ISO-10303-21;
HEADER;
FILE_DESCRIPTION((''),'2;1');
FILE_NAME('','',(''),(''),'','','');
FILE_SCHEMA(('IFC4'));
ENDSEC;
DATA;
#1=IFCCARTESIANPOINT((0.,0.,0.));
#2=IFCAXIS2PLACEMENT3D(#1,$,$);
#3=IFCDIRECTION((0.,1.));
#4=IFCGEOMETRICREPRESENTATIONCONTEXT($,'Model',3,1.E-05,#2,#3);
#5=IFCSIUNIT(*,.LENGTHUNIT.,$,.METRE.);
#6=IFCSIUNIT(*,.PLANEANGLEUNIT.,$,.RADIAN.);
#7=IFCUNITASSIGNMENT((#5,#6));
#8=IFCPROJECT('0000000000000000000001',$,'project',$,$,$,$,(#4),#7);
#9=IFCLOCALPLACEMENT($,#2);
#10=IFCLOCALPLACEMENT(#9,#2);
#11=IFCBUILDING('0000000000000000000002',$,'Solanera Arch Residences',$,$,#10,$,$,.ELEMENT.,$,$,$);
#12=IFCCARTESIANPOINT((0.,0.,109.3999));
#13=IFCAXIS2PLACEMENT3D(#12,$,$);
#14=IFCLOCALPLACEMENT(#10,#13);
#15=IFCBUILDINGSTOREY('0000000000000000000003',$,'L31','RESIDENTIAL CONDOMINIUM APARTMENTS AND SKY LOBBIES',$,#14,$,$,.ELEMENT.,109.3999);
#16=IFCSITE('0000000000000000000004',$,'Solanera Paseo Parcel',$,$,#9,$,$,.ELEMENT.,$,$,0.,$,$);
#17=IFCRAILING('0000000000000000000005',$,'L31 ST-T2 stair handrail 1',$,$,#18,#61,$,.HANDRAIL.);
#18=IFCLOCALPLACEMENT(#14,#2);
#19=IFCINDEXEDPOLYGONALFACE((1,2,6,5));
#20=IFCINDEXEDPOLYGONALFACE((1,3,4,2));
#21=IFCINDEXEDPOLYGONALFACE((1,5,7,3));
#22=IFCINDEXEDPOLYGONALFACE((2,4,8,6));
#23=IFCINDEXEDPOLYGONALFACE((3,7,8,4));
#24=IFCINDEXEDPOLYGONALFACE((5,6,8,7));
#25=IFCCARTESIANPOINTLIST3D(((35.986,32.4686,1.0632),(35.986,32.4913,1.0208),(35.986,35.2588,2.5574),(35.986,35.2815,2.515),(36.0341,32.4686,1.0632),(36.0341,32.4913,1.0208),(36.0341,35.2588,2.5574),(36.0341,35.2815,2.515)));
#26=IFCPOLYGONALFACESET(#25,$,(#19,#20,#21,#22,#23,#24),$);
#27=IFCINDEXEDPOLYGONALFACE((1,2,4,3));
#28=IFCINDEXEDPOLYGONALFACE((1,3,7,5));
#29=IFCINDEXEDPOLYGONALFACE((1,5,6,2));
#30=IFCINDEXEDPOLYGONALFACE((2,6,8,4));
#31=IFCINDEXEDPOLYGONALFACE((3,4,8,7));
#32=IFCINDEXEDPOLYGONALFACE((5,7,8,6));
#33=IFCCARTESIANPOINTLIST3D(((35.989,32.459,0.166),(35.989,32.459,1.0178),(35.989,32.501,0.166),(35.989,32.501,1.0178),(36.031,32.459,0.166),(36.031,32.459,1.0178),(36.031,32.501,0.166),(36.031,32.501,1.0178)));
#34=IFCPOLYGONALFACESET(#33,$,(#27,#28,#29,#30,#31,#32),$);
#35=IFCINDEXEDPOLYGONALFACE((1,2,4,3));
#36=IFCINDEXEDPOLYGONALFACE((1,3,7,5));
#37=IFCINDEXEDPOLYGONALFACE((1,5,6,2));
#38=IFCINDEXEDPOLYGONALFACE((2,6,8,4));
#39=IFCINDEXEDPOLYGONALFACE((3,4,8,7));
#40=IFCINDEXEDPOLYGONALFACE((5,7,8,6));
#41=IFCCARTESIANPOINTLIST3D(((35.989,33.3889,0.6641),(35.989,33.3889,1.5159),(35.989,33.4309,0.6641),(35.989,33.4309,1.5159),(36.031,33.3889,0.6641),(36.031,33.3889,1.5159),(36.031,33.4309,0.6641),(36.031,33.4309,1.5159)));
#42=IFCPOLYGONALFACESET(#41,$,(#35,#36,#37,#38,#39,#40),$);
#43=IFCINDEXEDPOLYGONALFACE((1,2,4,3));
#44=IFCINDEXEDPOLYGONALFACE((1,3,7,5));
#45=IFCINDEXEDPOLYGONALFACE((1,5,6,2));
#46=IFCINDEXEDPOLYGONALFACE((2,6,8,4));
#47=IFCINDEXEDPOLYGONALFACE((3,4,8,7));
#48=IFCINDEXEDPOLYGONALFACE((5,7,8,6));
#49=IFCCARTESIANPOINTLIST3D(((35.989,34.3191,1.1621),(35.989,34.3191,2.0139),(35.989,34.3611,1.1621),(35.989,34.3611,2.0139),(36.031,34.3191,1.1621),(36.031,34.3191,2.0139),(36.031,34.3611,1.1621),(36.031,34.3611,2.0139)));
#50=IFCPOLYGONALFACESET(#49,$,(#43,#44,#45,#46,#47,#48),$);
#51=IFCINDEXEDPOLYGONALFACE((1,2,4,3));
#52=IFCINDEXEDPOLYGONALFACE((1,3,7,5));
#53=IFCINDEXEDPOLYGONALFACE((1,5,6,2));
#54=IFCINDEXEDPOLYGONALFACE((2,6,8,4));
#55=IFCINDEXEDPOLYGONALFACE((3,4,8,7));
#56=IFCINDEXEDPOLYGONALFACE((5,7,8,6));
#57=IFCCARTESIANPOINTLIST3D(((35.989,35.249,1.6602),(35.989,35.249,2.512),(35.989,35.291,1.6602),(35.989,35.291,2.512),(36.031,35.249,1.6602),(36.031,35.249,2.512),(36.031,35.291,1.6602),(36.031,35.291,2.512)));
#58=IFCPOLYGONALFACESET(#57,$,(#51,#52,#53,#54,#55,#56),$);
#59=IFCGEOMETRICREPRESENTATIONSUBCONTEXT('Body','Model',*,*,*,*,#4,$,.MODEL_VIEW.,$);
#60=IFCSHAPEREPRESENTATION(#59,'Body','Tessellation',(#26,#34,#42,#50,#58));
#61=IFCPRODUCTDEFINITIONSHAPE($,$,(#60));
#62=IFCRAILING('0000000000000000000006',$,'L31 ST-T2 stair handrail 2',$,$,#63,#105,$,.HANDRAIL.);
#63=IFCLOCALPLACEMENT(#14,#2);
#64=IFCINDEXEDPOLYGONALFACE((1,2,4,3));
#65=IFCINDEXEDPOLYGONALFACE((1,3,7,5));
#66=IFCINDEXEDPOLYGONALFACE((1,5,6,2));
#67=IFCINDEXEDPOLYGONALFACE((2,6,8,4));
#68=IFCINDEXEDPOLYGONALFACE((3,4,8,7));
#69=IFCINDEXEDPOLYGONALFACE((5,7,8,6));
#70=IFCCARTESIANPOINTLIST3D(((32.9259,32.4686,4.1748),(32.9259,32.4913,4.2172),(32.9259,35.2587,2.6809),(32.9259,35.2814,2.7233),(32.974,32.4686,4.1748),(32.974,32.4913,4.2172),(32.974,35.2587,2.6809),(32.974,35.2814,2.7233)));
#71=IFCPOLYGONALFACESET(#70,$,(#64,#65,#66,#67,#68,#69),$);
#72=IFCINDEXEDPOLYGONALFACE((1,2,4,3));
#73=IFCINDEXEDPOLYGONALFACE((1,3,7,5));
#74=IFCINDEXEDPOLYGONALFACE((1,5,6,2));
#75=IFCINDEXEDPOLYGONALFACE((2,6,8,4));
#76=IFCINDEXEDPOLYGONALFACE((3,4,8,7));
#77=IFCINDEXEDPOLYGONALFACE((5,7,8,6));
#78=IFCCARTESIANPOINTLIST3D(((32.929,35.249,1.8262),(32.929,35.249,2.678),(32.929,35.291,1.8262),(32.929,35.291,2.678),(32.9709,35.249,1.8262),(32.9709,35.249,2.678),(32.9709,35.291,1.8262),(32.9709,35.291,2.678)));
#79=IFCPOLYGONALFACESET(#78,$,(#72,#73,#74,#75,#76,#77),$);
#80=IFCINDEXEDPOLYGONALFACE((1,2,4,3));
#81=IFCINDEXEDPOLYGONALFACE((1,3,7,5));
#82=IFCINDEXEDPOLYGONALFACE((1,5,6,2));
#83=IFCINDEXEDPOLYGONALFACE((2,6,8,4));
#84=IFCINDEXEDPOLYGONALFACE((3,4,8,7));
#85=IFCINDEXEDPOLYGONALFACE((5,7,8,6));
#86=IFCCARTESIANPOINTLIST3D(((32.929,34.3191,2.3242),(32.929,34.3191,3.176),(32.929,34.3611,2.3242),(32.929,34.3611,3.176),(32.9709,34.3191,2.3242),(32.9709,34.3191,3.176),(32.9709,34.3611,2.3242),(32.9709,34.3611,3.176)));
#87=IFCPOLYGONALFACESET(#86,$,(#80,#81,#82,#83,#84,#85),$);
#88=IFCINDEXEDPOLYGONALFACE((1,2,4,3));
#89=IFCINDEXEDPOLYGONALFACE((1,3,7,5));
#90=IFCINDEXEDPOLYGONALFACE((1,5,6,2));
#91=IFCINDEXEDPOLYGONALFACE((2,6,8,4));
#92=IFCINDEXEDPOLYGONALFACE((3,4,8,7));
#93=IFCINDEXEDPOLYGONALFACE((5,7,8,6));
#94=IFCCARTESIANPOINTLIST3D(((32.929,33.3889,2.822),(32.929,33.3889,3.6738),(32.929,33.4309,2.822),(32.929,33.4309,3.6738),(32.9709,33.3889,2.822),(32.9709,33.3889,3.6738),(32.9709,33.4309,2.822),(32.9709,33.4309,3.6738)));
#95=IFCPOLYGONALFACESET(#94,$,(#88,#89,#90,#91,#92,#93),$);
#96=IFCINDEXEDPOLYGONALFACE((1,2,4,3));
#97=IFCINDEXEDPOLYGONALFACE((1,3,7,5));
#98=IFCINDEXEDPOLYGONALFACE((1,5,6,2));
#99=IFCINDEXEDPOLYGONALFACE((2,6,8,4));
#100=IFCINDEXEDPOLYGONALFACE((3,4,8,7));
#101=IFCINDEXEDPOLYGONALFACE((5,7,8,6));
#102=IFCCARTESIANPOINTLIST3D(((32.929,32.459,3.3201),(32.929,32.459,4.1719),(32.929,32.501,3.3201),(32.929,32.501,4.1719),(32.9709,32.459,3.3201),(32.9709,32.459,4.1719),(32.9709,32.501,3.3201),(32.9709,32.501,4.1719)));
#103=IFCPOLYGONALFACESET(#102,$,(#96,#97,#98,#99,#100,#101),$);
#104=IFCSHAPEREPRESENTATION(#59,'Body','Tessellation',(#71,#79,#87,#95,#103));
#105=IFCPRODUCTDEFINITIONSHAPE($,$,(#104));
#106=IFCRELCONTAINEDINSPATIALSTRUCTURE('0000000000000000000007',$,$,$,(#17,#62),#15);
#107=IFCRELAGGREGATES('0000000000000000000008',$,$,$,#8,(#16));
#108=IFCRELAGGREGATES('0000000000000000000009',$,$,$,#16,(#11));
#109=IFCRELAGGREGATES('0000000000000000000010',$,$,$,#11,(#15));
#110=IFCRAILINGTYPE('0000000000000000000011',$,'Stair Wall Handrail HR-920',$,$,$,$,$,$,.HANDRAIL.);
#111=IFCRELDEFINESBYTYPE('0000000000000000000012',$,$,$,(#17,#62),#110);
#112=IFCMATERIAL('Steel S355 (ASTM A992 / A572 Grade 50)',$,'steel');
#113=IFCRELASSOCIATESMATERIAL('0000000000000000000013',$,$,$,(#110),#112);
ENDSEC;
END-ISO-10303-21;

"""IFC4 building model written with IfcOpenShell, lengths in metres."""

from ifc_helpers import new_model, si_unit, direction, frame, origin, origin_2d, place, context, subcontext, project, spatial, rectangle, extrude, material, type_object, element, save


model = new_model("IFC4")

# Units and contexts
model_context = context("Model", 3, precision=1e-05, world=origin(), true_north=direction((0.0, 1.0)))
body_context = subcontext(model_context, "Body", "Model", "MODEL_VIEW")
ifc_project = project(units=[si_unit("LENGTHUNIT", "METRE"), si_unit("PLANEANGLEUNIT", "RADIAN")], contexts=[model_context])

# Site, building, storey
site_placement = place(None, origin())
site = spatial("IfcSite", under=ifc_project, at=site_placement, Name="Solanera Paseo Parcel", CompositionType="ELEMENT", RefElevation=0.0)
building_placement = place(site_placement, origin())
building = spatial("IfcBuilding", under=site, at=building_placement, Name="Solanera Arch Residences", CompositionType="ELEMENT")
storey_placement = place(building_placement, frame((0.0, 0.0, 109.3999)))
storey = spatial("IfcBuildingStorey", under=building, at=storey_placement, Name="L31", Description="RESIDENTIAL CONDOMINIUM APARTMENTS AND SKY LOBBIES", CompositionType="ELEMENT", Elevation=109.3999)

# Railings
ifc_material_1 = material(Name="Steel S355 (ASTM A992 / A572 Grade 50)", Category="steel")
railing_type_1 = type_object("IfcRailingType", Name="Stair Wall Handrail HR-920", PredefinedType="HANDRAIL", material=ifc_material_1)
railing_1_placement = place(storey_placement, frame((36.01, 32.48, 0.166)))
element("IfcRailing", 1, at=railing_1_placement, inside=storey, type_object=railing_type_1, Name="L31 ST-T2 stair handrail 1", PredefinedType="HANDRAIL", context=body_context, shape_type="SweptSolid", body=[
    extrude(rectangle(XDim=0.0481, YDim=0.0481, at=origin_2d()), frame((0.0, 0.0, 0.876), z_axis=(0.0, 0.881549, 0.472093), x_axis=(-1.0, 0.0, 0.0)), (0.0, 0.0, 1.0), 3.165),
    extrude(rectangle(XDim=0.042, YDim=0.042, at=origin_2d()), origin(), (0.0, 0.0, 1.0), 0.8518),
    extrude(rectangle(XDim=0.042, YDim=0.042, at=origin_2d()), frame((0.0, 0.9299, 0.498)), (0.0, 0.0, 1.0), 0.8518),
    extrude(rectangle(XDim=0.042, YDim=0.042, at=origin_2d()), frame((0.0, 1.8601, 0.9961)), (0.0, 0.0, 1.0), 0.8518),
    extrude(rectangle(XDim=0.042, YDim=0.042, at=origin_2d()), frame((0.0, 2.79, 1.4941)), (0.0, 0.0, 1.0), 0.8518),
])
railing_2_placement = place(storey_placement, frame((32.95, 35.27, 1.8262)))
element("IfcRailing", 2, at=railing_2_placement, inside=storey, type_object=railing_type_1, Name="L31 ST-T2 stair handrail 2", PredefinedType="HANDRAIL", context=body_context, shape_type="SweptSolid", body=[
    extrude(rectangle(XDim=0.0481, YDim=0.0481, at=origin_2d()), frame((0.0, 0.0, 0.876), z_axis=(0.0, -0.881581, 0.472033), x_axis=(1.0, 0.0, 0.0)), (0.0, 0.0, 1.0), 3.1648),
    extrude(rectangle(XDim=0.042, YDim=0.042, at=origin_2d()), origin(), (0.0, 0.0, 1.0), 0.8518),
    extrude(rectangle(XDim=0.042, YDim=0.042, at=origin_2d()), frame((0.0, -0.9299, 0.498)), (0.0, 0.0, 1.0), 0.8518),
    extrude(rectangle(XDim=0.042, YDim=0.042, at=origin_2d()), frame((0.0, -1.8601, 0.9958)), (0.0, 0.0, 1.0), 0.8518),
    extrude(rectangle(XDim=0.042, YDim=0.042, at=origin_2d()), frame((0.0, -2.79, 1.4939)), (0.0, 0.0, 1.0), 0.8518),
])

save(model, "model.ifc")
